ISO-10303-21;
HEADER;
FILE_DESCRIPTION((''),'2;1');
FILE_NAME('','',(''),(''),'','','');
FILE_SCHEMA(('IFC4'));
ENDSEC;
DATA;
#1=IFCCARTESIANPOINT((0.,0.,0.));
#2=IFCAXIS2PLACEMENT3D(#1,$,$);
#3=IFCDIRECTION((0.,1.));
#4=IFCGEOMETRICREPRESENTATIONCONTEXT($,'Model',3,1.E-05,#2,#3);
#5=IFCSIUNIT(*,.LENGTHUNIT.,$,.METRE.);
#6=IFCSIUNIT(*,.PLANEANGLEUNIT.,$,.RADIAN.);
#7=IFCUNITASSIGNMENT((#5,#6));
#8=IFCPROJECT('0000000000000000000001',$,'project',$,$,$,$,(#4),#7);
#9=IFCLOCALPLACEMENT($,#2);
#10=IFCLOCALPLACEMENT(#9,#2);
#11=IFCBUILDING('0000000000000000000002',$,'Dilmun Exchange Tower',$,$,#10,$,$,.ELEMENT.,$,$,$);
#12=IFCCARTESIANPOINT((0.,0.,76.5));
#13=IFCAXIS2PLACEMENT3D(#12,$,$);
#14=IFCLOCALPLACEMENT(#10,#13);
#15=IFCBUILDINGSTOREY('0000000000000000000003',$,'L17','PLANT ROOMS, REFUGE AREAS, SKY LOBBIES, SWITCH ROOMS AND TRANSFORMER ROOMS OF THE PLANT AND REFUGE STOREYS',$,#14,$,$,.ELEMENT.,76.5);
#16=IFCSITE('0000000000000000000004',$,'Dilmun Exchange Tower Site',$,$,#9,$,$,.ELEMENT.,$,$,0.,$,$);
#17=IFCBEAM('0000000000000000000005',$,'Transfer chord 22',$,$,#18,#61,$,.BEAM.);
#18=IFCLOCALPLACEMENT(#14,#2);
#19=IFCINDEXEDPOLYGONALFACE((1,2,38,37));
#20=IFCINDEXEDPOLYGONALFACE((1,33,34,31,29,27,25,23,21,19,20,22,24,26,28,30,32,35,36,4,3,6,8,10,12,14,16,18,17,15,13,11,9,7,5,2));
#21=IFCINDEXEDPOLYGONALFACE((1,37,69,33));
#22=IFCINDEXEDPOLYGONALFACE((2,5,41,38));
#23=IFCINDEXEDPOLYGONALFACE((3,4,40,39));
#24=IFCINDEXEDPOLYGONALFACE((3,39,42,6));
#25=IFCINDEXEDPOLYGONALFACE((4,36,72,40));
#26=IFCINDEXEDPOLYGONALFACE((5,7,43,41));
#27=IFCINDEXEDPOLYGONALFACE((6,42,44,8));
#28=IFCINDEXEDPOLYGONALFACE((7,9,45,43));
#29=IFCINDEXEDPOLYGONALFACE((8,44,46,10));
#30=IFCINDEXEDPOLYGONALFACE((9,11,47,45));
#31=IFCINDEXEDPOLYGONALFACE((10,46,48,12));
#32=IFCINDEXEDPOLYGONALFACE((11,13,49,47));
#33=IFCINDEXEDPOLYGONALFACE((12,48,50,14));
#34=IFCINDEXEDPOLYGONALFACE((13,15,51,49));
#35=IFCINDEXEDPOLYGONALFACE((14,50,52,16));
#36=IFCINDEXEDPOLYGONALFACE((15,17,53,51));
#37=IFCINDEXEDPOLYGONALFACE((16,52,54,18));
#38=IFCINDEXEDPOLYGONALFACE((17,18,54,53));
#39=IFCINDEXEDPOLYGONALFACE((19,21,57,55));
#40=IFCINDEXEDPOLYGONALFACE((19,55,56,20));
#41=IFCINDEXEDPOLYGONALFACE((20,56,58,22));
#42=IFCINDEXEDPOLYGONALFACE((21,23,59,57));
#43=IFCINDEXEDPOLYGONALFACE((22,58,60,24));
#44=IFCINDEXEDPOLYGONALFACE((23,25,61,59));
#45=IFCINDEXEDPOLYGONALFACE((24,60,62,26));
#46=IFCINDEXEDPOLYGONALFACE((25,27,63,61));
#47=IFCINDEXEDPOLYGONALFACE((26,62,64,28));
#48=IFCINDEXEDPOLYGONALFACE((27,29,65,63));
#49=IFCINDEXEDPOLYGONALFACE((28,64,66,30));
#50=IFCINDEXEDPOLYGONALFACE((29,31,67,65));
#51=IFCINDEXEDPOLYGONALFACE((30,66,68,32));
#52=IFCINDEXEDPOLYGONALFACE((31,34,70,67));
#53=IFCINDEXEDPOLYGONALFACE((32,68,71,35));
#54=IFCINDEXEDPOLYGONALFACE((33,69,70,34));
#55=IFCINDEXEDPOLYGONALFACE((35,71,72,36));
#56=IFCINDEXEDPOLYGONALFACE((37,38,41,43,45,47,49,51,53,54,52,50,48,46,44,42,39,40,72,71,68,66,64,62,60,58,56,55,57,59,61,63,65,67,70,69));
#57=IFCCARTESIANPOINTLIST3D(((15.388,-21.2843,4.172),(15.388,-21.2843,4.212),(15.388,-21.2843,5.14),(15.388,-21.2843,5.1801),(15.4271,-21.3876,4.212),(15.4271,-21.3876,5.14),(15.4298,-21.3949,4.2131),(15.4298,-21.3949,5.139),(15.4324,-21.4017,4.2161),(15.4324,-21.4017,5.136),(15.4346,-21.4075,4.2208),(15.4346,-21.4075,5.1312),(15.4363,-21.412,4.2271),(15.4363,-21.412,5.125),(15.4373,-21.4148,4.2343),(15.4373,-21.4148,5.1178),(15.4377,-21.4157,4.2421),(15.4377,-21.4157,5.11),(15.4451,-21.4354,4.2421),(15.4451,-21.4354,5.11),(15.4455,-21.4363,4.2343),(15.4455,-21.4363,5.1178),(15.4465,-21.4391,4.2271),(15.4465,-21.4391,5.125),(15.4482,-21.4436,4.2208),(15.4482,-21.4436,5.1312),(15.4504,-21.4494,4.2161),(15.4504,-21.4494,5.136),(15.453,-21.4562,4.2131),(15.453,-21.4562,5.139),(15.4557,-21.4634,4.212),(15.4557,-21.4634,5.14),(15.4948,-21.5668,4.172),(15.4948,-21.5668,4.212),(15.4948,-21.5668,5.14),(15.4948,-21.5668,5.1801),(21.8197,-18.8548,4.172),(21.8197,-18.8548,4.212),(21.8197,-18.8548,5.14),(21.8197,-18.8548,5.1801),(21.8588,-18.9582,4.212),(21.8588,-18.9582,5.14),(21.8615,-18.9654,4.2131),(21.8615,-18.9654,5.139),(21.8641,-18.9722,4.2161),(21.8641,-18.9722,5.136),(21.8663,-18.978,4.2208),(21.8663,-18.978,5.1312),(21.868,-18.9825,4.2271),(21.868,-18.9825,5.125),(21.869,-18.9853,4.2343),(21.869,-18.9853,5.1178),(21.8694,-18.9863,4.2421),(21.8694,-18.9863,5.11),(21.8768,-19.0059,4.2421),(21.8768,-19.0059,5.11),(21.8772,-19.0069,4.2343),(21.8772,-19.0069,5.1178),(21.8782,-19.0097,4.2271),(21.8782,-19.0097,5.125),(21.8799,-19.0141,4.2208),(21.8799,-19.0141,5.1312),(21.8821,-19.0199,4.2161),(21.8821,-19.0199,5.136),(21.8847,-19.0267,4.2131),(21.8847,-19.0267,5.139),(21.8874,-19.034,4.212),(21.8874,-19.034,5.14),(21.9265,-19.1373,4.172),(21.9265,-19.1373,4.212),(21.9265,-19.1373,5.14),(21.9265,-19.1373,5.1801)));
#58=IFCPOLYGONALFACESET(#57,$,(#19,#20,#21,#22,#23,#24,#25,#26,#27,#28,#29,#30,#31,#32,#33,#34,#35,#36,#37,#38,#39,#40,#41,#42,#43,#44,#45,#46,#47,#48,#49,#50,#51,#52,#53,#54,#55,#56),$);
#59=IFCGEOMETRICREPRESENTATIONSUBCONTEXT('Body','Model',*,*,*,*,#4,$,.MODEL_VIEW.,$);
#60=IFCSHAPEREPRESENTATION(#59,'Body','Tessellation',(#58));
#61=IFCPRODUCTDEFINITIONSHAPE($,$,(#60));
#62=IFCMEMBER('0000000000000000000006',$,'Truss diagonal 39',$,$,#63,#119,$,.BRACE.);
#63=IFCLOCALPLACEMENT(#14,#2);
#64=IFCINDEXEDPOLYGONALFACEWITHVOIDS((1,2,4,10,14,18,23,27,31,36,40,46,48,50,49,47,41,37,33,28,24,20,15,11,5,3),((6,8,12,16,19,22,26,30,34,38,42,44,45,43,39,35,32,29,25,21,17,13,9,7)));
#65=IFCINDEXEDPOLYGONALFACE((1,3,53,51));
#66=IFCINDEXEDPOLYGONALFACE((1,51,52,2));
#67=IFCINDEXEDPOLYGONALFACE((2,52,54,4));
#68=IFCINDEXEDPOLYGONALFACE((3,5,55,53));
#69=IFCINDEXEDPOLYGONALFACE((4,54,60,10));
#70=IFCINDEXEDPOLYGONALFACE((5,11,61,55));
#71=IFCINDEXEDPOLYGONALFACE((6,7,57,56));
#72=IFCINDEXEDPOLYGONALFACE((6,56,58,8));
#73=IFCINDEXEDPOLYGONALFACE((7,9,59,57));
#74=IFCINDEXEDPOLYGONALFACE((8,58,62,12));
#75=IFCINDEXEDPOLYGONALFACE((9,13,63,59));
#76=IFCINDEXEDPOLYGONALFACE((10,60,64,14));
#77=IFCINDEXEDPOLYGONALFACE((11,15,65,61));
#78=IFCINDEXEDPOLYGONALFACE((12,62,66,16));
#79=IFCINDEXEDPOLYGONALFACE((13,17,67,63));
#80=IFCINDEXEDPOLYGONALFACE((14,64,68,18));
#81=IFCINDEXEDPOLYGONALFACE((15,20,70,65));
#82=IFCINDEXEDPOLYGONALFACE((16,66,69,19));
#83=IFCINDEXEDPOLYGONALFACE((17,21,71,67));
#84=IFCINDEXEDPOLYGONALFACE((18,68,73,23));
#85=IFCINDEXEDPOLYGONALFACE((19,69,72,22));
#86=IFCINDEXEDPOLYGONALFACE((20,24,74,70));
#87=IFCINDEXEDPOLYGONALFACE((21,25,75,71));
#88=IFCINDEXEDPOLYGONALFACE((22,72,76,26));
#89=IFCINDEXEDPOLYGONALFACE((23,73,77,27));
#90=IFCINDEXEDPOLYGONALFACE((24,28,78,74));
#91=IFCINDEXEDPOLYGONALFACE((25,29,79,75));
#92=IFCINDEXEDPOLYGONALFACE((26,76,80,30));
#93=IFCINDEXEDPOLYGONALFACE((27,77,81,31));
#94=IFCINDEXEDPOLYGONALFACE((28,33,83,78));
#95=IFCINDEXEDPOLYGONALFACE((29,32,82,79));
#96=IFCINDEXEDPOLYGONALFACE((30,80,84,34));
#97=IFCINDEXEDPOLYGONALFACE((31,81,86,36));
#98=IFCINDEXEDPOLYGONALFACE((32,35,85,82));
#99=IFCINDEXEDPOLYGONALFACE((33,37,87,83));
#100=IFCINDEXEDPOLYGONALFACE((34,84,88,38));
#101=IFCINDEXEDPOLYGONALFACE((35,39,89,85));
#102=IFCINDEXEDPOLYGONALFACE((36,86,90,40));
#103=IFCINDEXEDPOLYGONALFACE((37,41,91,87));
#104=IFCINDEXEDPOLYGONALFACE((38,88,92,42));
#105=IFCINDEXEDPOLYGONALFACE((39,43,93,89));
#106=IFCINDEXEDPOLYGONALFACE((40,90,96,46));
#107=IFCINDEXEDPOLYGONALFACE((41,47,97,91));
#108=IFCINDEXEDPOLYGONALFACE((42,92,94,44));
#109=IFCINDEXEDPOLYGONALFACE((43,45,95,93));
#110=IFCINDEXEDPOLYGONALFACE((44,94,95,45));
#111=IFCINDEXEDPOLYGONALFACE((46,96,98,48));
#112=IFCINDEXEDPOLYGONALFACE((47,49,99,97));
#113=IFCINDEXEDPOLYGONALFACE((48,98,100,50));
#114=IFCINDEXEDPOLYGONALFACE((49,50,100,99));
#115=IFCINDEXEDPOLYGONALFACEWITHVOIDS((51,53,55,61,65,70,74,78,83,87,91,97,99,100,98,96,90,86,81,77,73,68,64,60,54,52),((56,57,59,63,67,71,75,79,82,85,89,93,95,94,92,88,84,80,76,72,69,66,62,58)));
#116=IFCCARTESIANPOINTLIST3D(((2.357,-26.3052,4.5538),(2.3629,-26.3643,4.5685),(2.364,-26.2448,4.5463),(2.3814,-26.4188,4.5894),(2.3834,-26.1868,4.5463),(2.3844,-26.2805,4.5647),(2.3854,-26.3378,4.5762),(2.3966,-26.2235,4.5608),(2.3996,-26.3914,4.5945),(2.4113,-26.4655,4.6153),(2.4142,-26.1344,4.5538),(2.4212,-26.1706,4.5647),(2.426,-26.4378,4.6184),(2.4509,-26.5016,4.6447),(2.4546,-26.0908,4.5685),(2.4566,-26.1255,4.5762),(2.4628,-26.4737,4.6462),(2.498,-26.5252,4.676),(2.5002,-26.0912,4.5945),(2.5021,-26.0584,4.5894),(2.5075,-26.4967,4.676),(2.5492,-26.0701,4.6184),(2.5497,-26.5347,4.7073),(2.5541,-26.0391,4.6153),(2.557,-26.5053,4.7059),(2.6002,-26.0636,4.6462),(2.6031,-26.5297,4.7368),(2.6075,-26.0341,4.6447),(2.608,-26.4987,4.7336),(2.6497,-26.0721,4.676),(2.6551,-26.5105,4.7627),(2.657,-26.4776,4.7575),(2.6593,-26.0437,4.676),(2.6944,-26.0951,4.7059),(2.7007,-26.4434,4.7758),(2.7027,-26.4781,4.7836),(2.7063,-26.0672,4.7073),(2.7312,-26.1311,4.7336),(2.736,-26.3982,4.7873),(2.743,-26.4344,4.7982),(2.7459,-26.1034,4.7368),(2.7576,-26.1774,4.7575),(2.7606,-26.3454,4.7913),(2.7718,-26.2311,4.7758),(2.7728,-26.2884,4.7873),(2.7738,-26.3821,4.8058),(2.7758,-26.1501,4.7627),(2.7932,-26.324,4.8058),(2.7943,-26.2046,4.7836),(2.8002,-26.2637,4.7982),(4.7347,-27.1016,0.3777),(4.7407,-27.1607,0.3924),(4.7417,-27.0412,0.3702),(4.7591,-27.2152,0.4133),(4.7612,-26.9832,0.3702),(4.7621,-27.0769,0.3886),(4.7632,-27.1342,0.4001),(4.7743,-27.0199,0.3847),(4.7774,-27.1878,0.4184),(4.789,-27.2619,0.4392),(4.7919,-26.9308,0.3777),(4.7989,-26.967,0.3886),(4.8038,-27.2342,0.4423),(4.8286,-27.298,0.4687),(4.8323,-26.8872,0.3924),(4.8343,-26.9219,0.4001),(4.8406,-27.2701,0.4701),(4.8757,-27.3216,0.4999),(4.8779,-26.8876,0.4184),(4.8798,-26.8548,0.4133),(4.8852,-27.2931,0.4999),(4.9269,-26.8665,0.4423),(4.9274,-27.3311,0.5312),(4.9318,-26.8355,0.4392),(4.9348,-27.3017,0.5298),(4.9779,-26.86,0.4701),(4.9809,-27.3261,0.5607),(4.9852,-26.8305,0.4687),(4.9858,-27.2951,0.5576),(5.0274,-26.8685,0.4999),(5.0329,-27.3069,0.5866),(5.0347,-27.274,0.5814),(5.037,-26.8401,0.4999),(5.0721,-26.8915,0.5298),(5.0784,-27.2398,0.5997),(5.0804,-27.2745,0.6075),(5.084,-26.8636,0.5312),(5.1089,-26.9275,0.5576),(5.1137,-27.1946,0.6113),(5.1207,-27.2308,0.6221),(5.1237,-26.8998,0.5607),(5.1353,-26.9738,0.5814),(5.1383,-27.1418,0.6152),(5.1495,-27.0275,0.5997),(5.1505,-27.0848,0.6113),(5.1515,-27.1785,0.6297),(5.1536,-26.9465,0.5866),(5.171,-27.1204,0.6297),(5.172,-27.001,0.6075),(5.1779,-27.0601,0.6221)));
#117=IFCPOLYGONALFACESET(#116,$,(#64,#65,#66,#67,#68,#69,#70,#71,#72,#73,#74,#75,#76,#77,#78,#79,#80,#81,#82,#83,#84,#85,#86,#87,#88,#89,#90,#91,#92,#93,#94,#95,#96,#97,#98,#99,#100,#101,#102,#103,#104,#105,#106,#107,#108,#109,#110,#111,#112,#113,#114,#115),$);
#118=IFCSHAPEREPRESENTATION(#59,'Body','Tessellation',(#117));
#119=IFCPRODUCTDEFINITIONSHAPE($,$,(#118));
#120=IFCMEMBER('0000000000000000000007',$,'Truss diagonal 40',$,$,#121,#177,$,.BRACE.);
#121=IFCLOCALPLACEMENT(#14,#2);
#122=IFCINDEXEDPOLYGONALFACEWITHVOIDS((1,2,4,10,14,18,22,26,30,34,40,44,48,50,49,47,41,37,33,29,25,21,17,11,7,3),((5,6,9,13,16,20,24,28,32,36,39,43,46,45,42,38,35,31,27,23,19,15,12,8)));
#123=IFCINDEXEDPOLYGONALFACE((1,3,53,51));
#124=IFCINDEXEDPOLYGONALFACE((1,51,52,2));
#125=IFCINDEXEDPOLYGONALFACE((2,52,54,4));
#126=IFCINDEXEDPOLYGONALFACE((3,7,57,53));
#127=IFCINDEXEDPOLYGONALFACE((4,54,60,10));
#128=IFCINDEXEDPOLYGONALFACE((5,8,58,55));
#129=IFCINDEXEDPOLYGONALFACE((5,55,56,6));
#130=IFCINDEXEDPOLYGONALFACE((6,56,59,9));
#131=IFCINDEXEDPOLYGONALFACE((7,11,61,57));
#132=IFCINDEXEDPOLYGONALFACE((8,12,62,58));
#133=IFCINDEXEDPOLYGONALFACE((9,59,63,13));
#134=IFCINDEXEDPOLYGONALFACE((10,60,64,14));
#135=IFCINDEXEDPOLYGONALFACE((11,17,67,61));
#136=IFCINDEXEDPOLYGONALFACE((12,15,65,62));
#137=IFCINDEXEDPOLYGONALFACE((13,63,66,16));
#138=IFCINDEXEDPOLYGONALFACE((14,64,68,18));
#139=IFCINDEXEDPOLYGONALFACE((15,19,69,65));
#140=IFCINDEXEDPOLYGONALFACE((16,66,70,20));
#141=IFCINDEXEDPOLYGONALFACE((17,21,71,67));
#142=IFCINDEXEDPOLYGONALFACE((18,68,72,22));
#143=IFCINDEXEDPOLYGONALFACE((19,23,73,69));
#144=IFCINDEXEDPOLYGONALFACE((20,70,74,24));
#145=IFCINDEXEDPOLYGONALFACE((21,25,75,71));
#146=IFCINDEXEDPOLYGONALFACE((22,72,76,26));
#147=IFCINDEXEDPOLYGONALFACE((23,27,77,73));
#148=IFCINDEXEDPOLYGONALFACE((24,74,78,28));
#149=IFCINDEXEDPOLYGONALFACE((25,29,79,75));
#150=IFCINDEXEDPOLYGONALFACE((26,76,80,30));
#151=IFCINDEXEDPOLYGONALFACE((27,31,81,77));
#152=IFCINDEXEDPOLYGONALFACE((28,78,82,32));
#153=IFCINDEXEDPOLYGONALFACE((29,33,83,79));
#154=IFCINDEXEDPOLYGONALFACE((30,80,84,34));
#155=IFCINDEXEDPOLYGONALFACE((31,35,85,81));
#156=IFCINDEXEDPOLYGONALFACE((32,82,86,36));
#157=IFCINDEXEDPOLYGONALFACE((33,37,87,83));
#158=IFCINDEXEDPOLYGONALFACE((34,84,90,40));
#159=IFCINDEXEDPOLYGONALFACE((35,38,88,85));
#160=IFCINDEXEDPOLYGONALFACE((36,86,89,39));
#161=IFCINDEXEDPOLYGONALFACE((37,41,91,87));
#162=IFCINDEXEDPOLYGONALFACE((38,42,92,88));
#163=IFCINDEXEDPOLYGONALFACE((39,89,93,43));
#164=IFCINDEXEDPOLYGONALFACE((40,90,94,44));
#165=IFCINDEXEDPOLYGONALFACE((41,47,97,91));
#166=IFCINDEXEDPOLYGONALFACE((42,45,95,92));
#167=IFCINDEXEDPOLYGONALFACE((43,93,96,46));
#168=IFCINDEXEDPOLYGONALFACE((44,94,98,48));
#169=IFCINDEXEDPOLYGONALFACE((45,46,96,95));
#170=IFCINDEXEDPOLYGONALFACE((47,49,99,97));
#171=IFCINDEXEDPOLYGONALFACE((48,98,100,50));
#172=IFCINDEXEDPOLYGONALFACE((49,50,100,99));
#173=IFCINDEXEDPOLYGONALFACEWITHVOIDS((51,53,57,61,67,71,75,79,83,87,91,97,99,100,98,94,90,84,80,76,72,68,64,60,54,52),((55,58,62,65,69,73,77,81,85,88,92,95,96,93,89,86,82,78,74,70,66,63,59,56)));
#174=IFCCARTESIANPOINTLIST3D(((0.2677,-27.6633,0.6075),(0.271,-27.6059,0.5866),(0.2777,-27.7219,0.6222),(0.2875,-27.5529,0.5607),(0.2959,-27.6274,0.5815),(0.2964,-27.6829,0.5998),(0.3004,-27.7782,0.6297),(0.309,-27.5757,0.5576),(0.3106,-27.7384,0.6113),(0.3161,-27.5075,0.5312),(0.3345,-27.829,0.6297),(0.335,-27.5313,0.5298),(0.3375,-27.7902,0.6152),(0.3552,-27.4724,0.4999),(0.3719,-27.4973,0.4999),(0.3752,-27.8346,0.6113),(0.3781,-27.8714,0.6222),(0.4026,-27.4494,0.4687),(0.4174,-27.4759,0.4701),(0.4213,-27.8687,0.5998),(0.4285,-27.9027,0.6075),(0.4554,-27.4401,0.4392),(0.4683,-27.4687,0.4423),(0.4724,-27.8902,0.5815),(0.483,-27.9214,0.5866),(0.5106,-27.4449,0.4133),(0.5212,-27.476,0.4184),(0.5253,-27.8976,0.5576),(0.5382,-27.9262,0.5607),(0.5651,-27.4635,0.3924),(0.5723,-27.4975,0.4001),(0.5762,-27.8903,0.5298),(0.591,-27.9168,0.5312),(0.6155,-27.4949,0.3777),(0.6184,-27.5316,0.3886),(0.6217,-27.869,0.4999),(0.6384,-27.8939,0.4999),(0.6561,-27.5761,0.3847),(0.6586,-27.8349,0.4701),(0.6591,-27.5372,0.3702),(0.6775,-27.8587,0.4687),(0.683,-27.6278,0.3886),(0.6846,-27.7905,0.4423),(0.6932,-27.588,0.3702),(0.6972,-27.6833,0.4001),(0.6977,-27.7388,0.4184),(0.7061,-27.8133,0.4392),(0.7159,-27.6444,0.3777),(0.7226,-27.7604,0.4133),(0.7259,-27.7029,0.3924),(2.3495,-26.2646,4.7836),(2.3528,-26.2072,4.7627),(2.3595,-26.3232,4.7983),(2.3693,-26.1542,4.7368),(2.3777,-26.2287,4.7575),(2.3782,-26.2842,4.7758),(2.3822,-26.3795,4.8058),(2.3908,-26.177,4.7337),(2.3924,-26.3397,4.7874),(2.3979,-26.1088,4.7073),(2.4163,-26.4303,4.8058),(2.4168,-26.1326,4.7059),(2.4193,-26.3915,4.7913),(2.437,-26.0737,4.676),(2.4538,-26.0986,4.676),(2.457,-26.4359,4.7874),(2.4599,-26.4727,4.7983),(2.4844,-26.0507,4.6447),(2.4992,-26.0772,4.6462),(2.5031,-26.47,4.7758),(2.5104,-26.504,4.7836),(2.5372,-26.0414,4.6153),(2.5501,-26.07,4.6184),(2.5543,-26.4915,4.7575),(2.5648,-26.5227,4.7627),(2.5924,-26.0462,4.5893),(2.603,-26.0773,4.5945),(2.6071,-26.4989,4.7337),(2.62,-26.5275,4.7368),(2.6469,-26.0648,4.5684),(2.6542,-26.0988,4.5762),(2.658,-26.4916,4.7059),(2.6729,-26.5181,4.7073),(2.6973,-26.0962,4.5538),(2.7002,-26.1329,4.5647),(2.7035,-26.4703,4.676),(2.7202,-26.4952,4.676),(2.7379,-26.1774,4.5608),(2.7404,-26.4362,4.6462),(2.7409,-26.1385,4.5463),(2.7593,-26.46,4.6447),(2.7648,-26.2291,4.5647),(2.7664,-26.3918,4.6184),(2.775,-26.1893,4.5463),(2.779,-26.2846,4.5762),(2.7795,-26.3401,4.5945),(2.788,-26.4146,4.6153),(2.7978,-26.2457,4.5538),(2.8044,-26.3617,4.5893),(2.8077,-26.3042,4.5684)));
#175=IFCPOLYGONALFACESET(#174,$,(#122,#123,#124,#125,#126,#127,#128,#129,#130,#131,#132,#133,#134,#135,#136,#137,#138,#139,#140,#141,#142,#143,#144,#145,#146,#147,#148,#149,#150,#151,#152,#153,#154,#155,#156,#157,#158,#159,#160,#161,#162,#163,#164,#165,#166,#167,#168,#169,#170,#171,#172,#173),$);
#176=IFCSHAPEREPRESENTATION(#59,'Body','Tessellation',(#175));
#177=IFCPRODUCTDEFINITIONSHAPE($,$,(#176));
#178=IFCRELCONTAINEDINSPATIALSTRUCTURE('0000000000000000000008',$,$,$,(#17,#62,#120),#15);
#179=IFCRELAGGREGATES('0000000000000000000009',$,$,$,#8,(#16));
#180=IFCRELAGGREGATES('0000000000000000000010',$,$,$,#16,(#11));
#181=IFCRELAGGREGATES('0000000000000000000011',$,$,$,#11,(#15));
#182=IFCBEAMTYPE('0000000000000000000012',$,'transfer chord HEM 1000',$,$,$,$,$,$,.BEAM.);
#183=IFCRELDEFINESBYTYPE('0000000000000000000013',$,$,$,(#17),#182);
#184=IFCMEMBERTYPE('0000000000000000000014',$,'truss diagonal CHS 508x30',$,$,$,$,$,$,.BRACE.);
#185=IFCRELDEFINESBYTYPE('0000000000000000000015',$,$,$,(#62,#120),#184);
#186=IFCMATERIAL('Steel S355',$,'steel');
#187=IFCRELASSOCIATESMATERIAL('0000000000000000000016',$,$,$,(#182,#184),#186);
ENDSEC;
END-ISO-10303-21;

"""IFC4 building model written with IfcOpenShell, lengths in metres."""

from ifc_helpers import new_model, si_unit, direction, frame, origin, origin_2d, place, context, subcontext, project, spatial, hollow_circle, i_section, extrude, material, material_profile, profile_set, type_object, element, save


model = new_model("IFC4")

# Units and contexts
model_context = context("Model", 3, precision=1e-05, world=origin(), true_north=direction((0.0, 1.0)))
body_context = subcontext(model_context, "Body", "Model", "MODEL_VIEW")
ifc_project = project(units=[si_unit("LENGTHUNIT", "METRE"), si_unit("PLANEANGLEUNIT", "RADIAN")], contexts=[model_context])

# Site, building, storey
site_placement = place(None, origin())
site = spatial("IfcSite", under=ifc_project, at=site_placement, Name="Dilmun Exchange Tower Site", CompositionType="ELEMENT", RefElevation=0.0)
building_placement = place(site_placement, origin())
building = spatial("IfcBuilding", under=site, at=building_placement, Name="Dilmun Exchange Tower", CompositionType="ELEMENT")
storey_placement = place(building_placement, frame((0.0, 0.0, 76.5)))
storey = spatial("IfcBuildingStorey", under=building, at=storey_placement, Name="L17", Description="PLANT ROOMS, REFUGE AREAS, SKY LOBBIES, SWITCH ROOMS AND TRANSFORMER ROOMS OF THE PLANT AND REFUGE STOREYS", CompositionType="ELEMENT", Elevation=76.5)

# Beam
ifc_material_1 = material(Name="Steel S355", Category="steel")
ifc_material_profile_1 = material_profile(ifc_material_1, i_section(OverallWidth=0.302, OverallDepth=1.0081, WebThickness=0.021, FlangeThickness=0.04, FilletRadius=0.03, at=origin_2d()), Name="HEM 1000")
ifc_profile_set_1 = profile_set([ifc_material_profile_1], Name="Steel S355")
beam_type_1 = type_object("IfcBeamType", Name="transfer chord HEM 1000", PredefinedType="BEAM", material=ifc_profile_set_1)
beam_1_placement = place(storey_placement, frame((15.4414, -21.4255, 4.676), z_axis=(0.935486, 0.353364, 0.0), x_axis=(-0.353364, 0.935486, 0.0)))
element("IfcBeam", 1, at=beam_1_placement, inside=storey, type_object=beam_type_1, Name="Transfer chord 22", PredefinedType="BEAM", context=body_context, shape_type="SweptSolid", body=[
    extrude(i_section(OverallWidth=0.302, OverallDepth=1.0081, WebThickness=0.021, FlangeThickness=0.04, FilletRadius=0.03, at=origin_2d()), origin(), (0.0, 0.0, 1.0), 6.8752),
])

# Members
ifc_material_profile_2 = material_profile(ifc_material_1, hollow_circle(Radius=0.2539, WallThickness=0.03, at=origin_2d()), Name="CHS 508x30")
ifc_profile_set_2 = profile_set([ifc_material_profile_2], Name="Steel S355")
member_type = type_object("IfcMemberType", Name="truss diagonal CHS 508x30", PredefinedType="BRACE", material=ifc_profile_set_2)
member_1_placement = place(storey_placement, frame((2.5786, -26.2844, 4.676), z_axis=(0.488129, -0.163495, -0.857321), x_axis=(0.3176, 0.948225, 0.0)))
element("IfcMember", 2, at=member_1_placement, inside=storey, type_object=member_type, Name="Truss diagonal 39", PredefinedType="BRACE", context=body_context, shape_type="SweptSolid", body=[
    extrude(hollow_circle(Radius=0.2539, WallThickness=0.03, at=origin_2d()), origin(), (0.0, 0.0, 1.0), 4.8711),
])
member_2_placement = place(storey_placement, frame((2.5786, -26.2844, 4.676), z_axis=(-0.42736, -0.287128, -0.857275), x_axis=(0.557684, -0.830053, 0.0)))
element("IfcMember", 3, at=member_2_placement, inside=storey, type_object=member_type, Name="Truss diagonal 40", PredefinedType="BRACE", context=body_context, shape_type="SweptSolid", body=[
    extrude(hollow_circle(Radius=0.2539, WallThickness=0.03, at=origin_2d()), origin(), (0.0, 0.0, 1.0), 4.8713),
])

save(model, "model.ifc")
